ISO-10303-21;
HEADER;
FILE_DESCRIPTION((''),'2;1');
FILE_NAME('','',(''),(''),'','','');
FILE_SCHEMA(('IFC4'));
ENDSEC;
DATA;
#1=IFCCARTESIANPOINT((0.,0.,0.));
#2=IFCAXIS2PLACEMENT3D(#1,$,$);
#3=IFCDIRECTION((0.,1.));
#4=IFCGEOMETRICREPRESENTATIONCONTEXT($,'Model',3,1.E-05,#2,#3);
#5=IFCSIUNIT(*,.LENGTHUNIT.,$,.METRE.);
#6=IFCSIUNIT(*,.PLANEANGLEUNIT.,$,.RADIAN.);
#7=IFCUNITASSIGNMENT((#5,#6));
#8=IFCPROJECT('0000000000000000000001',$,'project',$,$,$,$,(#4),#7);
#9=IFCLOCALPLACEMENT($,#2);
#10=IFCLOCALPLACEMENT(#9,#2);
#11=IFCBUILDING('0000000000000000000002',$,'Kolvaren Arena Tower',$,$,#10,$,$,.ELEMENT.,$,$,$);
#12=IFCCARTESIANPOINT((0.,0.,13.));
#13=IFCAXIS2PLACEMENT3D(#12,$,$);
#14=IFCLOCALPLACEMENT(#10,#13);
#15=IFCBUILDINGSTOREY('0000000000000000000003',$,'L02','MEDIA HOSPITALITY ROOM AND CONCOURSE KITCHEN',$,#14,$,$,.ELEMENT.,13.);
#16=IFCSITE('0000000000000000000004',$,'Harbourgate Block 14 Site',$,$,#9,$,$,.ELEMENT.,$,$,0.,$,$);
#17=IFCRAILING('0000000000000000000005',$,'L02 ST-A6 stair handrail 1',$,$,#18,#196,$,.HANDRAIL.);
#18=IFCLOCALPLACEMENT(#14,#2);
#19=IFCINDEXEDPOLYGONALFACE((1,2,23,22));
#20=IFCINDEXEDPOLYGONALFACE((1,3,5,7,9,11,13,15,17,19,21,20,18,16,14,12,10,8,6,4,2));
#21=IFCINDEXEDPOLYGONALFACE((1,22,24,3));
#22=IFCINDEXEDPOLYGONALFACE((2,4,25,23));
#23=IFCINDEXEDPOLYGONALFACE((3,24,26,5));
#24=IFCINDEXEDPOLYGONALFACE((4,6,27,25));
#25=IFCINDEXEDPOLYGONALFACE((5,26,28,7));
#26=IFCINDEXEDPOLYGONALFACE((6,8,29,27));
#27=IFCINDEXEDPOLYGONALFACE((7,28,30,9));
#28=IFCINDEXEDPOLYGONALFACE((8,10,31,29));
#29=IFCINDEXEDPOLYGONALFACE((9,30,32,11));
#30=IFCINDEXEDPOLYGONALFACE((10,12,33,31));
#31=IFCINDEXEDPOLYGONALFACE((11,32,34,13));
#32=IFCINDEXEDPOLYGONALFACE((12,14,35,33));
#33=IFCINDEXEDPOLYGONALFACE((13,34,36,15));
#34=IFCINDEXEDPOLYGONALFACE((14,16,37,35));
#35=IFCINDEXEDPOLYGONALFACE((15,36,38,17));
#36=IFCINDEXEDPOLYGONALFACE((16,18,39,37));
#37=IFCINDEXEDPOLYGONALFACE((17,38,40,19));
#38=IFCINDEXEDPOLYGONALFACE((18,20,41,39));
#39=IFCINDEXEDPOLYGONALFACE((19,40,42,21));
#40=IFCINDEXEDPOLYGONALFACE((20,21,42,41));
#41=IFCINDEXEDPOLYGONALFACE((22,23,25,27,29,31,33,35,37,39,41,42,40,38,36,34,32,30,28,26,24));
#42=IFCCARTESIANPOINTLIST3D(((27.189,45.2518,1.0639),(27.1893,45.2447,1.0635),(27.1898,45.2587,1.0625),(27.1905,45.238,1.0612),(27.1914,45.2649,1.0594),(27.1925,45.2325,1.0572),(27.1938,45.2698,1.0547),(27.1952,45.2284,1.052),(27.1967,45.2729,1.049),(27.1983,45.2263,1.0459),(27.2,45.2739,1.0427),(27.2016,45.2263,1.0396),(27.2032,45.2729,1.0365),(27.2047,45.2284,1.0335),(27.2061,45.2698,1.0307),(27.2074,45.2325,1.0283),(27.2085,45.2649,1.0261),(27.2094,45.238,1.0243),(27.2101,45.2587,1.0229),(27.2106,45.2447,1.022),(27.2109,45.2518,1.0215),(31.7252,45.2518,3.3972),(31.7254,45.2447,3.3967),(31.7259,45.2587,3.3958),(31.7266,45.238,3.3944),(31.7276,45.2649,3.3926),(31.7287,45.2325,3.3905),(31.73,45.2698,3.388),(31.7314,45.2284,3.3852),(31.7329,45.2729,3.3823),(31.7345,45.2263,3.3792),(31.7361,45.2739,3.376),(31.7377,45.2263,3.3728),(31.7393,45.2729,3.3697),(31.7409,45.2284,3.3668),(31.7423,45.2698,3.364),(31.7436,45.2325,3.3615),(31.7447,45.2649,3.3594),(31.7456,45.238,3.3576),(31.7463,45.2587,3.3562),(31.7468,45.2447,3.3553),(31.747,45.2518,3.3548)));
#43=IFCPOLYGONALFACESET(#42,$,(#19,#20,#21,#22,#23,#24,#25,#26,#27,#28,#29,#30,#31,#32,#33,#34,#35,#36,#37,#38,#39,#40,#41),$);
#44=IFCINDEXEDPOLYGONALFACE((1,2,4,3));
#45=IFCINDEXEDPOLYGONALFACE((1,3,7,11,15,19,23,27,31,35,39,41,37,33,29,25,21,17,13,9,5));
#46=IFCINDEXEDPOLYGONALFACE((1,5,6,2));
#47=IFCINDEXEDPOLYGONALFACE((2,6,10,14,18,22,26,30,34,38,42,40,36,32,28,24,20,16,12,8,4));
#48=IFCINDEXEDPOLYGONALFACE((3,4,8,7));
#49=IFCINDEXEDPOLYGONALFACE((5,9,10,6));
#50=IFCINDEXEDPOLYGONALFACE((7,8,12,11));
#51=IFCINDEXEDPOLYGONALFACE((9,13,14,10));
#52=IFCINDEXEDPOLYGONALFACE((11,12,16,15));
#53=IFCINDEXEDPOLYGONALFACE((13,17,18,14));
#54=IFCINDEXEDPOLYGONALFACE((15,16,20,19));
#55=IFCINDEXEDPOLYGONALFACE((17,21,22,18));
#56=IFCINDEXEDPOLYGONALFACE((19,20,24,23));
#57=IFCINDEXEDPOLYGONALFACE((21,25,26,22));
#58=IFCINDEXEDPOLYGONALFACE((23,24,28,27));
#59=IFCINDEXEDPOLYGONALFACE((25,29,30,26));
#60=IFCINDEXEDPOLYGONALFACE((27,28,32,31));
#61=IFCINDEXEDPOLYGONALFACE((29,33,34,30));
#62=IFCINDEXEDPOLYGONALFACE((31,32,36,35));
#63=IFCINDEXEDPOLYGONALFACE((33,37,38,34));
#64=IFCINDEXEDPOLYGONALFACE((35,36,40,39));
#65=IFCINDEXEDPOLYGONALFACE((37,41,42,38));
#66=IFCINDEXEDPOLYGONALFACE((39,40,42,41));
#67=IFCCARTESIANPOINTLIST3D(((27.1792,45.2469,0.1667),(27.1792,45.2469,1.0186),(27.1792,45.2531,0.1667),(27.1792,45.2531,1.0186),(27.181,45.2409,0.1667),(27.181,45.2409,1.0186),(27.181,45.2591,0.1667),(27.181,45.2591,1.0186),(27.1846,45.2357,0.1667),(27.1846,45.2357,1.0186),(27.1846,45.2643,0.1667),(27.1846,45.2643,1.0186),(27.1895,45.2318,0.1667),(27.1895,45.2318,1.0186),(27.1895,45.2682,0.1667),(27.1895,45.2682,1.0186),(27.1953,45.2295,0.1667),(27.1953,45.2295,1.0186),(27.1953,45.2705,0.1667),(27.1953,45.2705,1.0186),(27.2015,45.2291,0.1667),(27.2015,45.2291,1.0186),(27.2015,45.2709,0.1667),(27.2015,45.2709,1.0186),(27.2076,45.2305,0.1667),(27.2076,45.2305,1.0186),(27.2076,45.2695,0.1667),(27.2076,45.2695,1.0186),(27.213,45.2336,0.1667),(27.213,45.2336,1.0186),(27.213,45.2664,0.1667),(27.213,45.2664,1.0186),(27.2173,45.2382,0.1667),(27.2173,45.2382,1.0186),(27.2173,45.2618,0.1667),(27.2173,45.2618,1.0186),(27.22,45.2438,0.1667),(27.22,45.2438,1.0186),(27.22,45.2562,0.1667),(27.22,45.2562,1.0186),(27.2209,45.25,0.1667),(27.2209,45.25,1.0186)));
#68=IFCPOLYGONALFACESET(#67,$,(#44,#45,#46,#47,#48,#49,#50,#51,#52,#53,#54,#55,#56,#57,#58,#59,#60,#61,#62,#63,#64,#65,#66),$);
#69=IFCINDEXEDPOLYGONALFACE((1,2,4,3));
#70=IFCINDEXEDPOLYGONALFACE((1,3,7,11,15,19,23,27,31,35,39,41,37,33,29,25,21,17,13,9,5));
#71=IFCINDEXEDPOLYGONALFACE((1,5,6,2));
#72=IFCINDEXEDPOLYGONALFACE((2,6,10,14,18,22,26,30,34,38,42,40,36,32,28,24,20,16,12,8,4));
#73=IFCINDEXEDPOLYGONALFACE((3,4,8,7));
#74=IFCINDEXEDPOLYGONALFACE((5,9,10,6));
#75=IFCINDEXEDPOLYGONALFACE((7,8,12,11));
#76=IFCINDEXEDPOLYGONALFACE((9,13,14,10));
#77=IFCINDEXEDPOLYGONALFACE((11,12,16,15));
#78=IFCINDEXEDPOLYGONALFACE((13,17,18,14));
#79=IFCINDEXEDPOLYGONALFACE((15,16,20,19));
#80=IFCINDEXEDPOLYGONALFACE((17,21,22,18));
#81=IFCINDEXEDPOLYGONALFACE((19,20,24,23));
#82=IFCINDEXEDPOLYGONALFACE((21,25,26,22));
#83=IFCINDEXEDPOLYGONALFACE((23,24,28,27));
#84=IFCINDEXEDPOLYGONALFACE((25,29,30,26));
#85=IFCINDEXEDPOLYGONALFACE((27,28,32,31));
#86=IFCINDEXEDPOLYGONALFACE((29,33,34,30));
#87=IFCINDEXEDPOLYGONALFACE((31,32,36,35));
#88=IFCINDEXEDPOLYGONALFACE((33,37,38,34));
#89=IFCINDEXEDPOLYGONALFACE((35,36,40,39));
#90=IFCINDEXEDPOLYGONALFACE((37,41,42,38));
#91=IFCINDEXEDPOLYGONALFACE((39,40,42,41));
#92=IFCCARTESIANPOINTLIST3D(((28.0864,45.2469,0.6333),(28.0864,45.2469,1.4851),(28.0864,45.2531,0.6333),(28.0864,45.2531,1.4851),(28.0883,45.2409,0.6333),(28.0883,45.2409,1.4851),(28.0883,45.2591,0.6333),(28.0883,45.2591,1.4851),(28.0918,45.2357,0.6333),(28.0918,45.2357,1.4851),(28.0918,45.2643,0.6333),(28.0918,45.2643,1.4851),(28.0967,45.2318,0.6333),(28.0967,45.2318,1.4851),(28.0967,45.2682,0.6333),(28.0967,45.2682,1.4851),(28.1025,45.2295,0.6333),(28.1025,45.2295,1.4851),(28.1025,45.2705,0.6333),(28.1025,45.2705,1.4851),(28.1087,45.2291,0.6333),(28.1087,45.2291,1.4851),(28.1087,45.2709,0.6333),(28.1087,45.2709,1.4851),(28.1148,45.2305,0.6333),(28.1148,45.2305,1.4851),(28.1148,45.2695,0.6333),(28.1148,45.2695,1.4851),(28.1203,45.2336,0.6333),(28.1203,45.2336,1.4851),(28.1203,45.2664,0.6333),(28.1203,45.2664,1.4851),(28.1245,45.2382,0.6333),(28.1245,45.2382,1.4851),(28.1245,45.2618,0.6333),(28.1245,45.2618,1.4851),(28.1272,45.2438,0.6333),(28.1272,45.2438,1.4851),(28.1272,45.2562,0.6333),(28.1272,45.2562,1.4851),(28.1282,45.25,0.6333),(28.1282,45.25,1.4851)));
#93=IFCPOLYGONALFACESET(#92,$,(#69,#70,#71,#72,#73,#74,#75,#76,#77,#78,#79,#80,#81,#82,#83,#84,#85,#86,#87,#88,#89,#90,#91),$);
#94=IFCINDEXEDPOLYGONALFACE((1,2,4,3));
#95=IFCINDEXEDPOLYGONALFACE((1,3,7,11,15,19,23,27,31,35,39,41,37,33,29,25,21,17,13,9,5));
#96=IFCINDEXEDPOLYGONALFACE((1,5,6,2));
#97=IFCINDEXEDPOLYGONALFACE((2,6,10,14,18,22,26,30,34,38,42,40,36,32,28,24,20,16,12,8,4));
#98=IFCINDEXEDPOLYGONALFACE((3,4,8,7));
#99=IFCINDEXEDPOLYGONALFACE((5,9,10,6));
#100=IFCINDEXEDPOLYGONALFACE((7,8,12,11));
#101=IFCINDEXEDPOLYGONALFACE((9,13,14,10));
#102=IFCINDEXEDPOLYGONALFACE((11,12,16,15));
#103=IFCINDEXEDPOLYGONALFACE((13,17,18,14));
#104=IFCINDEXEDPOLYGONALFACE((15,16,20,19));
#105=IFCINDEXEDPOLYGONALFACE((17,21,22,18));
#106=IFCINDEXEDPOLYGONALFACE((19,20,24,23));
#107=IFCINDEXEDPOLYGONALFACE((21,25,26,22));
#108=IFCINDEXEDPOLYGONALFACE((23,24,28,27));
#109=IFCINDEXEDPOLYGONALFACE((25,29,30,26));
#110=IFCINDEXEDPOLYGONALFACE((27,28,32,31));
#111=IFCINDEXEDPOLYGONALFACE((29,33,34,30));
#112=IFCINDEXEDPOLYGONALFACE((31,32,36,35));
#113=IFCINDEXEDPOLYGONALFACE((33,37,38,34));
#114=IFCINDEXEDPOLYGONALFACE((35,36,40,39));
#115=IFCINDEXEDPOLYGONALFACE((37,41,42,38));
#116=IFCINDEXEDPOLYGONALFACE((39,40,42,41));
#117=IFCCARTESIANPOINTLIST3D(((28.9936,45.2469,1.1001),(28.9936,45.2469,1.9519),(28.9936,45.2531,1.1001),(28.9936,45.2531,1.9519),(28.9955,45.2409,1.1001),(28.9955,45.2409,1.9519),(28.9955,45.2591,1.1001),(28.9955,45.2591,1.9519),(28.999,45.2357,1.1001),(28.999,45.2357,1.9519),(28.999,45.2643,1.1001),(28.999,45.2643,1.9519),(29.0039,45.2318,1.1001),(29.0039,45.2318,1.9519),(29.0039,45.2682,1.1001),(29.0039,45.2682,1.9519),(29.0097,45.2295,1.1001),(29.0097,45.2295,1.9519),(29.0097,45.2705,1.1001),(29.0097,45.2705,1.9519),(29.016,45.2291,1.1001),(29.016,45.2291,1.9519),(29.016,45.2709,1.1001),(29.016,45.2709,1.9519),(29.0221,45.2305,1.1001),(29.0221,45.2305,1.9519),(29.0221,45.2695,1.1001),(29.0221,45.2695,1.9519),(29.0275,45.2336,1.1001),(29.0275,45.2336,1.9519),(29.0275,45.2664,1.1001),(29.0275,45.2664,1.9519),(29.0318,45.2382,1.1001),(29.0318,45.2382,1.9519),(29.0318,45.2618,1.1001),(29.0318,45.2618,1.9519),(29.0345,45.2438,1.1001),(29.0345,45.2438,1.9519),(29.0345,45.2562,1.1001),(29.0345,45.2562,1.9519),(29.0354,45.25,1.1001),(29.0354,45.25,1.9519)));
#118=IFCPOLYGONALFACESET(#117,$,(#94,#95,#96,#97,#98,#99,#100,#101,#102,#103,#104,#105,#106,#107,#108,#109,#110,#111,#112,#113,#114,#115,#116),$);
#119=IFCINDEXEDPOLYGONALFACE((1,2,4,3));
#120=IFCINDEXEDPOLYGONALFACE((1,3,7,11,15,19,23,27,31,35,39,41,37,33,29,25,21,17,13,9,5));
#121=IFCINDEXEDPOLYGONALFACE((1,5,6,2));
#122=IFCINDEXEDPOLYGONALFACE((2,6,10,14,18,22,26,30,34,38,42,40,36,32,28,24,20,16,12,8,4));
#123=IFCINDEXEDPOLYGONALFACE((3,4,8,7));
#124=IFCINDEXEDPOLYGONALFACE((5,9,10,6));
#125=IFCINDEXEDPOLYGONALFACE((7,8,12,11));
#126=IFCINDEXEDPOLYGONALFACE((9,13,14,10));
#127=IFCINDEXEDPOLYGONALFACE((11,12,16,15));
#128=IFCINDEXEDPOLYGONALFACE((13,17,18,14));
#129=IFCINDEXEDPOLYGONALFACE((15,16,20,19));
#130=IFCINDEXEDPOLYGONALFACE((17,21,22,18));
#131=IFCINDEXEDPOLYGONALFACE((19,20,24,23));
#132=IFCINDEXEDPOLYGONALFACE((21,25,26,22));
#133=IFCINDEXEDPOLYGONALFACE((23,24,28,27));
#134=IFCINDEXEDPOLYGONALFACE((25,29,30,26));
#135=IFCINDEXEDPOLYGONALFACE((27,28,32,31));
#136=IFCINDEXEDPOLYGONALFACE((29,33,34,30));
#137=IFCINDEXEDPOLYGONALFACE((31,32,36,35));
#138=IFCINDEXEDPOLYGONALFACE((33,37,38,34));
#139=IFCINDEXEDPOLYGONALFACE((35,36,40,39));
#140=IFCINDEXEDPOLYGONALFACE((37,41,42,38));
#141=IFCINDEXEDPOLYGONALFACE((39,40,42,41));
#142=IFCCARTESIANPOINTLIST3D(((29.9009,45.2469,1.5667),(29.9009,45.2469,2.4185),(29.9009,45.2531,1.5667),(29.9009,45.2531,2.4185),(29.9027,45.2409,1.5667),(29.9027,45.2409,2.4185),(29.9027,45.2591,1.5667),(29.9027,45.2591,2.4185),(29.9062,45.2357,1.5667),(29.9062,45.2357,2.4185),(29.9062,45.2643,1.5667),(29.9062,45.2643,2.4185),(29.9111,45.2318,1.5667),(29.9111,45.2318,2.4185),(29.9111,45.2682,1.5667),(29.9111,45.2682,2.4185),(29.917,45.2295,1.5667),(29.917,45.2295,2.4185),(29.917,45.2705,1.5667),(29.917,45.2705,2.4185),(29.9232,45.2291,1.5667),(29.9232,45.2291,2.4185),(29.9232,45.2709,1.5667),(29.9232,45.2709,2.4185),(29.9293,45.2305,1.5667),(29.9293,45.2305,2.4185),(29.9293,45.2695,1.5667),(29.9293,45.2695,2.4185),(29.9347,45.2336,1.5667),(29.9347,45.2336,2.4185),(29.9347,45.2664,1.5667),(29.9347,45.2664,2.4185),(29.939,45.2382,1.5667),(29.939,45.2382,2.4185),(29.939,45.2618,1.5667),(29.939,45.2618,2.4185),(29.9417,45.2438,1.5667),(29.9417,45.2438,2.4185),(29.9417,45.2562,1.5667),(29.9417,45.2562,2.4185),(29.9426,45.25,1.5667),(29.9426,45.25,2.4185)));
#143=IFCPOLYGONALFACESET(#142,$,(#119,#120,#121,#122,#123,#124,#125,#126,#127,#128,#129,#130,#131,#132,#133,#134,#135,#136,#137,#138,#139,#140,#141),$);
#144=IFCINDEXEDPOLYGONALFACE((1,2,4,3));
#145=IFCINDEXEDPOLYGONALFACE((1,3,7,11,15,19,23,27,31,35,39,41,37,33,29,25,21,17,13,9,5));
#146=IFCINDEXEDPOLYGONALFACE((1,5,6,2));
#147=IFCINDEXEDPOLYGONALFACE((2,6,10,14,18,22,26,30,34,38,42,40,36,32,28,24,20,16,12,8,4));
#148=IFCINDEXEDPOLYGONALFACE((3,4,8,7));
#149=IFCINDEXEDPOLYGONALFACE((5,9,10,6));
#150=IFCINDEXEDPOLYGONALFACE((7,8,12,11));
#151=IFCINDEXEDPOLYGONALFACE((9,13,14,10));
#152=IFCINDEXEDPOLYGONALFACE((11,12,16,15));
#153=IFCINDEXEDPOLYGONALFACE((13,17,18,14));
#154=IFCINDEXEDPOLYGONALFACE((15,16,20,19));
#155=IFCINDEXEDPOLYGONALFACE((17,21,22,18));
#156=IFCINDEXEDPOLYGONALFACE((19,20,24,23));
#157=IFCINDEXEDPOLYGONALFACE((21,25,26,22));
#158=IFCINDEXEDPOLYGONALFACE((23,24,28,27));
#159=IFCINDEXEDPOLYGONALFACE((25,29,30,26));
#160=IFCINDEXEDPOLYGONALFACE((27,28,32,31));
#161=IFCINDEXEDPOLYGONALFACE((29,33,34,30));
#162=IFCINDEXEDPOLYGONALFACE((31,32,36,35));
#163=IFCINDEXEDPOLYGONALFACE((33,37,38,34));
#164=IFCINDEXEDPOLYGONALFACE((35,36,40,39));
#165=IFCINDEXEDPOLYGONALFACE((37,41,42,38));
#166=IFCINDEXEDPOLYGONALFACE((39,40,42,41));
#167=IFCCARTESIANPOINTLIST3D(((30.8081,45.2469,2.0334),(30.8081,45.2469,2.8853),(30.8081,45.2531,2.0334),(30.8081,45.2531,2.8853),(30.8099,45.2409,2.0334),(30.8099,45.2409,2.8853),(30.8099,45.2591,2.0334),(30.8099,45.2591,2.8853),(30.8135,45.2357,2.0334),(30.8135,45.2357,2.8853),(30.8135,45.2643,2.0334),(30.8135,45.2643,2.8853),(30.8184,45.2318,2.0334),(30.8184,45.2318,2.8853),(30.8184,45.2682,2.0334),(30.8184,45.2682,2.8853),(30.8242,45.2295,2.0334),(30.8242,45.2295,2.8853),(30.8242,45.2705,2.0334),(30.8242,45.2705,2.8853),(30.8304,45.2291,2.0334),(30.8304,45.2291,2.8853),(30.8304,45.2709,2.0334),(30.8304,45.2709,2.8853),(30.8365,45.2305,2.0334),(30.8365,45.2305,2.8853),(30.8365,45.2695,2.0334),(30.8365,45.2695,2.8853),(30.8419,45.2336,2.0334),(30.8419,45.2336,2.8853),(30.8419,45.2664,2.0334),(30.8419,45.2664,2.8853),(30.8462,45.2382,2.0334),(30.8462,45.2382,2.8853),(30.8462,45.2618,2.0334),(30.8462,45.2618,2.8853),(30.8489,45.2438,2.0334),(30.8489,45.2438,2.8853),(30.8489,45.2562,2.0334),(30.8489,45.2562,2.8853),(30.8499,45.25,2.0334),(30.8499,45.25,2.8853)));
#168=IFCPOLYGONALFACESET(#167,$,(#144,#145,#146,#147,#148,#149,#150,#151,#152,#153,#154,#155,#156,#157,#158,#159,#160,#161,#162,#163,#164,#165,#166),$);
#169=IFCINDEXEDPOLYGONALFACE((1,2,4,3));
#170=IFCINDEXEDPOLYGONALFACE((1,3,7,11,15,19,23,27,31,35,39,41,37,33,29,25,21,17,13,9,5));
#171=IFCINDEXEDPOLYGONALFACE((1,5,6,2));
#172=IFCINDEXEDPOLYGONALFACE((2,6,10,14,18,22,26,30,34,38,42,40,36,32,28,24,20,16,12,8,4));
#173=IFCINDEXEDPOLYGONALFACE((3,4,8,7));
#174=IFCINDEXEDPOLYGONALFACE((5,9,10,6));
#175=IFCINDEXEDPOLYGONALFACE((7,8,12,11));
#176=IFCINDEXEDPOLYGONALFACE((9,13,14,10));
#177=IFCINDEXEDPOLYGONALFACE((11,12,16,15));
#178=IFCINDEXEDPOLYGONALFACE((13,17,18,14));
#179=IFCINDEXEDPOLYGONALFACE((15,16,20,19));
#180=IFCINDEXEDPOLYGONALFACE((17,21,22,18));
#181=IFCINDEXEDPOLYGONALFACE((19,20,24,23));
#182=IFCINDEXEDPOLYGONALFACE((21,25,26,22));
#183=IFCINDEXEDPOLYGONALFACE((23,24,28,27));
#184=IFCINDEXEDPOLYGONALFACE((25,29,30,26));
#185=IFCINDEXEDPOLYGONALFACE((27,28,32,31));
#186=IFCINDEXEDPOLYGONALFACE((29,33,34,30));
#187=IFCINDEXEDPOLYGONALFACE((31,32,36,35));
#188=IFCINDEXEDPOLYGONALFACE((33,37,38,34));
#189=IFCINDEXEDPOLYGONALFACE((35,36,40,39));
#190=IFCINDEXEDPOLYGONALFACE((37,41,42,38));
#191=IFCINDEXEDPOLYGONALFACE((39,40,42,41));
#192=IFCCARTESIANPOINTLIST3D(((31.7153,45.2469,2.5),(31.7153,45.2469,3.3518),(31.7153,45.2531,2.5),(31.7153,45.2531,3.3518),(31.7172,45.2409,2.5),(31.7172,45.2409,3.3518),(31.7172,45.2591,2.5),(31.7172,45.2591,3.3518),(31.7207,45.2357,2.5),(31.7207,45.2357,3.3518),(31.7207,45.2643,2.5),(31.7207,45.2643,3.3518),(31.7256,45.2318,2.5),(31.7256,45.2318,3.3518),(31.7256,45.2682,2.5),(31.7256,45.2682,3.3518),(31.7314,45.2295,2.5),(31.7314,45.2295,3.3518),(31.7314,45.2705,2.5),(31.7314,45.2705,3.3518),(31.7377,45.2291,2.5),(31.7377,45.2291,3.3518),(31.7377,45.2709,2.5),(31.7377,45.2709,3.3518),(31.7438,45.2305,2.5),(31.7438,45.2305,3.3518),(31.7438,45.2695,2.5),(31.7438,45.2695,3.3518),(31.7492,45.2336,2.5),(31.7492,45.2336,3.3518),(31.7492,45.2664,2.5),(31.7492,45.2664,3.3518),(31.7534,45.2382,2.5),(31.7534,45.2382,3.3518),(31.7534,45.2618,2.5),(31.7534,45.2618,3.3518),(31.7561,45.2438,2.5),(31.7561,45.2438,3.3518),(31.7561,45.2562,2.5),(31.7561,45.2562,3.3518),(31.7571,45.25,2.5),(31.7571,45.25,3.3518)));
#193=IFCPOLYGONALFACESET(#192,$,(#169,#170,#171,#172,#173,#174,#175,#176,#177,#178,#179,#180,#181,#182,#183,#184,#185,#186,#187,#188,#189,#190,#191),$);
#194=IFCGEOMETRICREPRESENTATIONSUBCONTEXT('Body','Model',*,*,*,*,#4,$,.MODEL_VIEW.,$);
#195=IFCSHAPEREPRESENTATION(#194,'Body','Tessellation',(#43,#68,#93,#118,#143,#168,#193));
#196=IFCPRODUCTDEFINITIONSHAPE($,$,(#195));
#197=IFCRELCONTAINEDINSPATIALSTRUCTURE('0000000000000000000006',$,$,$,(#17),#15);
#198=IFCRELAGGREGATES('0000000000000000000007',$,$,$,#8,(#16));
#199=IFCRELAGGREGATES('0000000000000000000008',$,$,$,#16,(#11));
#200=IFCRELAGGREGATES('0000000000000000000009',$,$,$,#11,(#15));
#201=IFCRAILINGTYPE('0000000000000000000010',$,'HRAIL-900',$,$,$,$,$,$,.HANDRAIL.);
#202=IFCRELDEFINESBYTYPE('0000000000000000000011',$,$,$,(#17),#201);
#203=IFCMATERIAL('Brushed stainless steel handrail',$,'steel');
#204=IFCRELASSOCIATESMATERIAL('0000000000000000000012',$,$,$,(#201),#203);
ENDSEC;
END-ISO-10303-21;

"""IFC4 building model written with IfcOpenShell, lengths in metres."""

from ifc_helpers import new_model, si_unit, direction, frame, origin, origin_2d, place, context, subcontext, project, spatial, circle, extrude, material, type_object, element, save


model = new_model("IFC4")

# Units and contexts
model_context = context("Model", 3, precision=1e-05, world=origin(), true_north=direction((0.0, 1.0)))
body_context = subcontext(model_context, "Body", "Model", "MODEL_VIEW")
ifc_project = project(units=[si_unit("LENGTHUNIT", "METRE"), si_unit("PLANEANGLEUNIT", "RADIAN")], contexts=[model_context])

# Site, building, storey
site_placement = place(None, origin())
site = spatial("IfcSite", under=ifc_project, at=site_placement, Name="Harbourgate Block 14 Site", CompositionType="ELEMENT", RefElevation=0.0)
building_placement = place(site_placement, origin())
building = spatial("IfcBuilding", under=site, at=building_placement, Name="Kolvaren Arena Tower", CompositionType="ELEMENT")
storey_placement = place(building_placement, frame((0.0, 0.0, 13.0)))
storey = spatial("IfcBuildingStorey", under=building, at=storey_placement, Name="L02", Description="MEDIA HOSPITALITY ROOM AND CONCOURSE KITCHEN", CompositionType="ELEMENT", Elevation=13.0)

# Railing
ifc_material_1 = material(Name="Brushed stainless steel handrail", Category="steel")
railing_type_1 = type_object("IfcRailingType", Name="HRAIL-900", PredefinedType="HANDRAIL", material=ifc_material_1)
railing_1_placement = place(storey_placement, frame((27.2, 45.25, 0.1667)))
element("IfcRailing", 1, at=railing_1_placement, inside=storey, type_object=railing_type_1, Name="L02 ST-A6 stair handrail 1", PredefinedType="HANDRAIL", context=body_context, shape_type="SweptSolid", body=[
    extrude(circle(Radius=0.0239, at=origin_2d()), frame((0.0, 0.0, 0.876), z_axis=(0.889257, 0.0, 0.457407), x_axis=(0.0, 1.0, 0.0)), (0.0, 0.0, 1.0), 5.1011),
    extrude(circle(Radius=0.021, at=origin_2d()), origin(), (0.0, 0.0, 1.0), 0.8518),
    extrude(circle(Radius=0.021, at=origin_2d()), frame((0.9072, 0.0, 0.4666)), (0.0, 0.0, 1.0), 0.8518),
    extrude(circle(Radius=0.021, at=origin_2d()), frame((1.8145, 0.0, 0.9333)), (0.0, 0.0, 1.0), 0.8518),
    extrude(circle(Radius=0.021, at=origin_2d()), frame((2.7217, 0.0, 1.3999)), (0.0, 0.0, 1.0), 0.8518),
    extrude(circle(Radius=0.021, at=origin_2d()), frame((3.6289, 0.0, 1.8667)), (0.0, 0.0, 1.0), 0.8518),
    extrude(circle(Radius=0.021, at=origin_2d()), frame((4.5361, 0.0, 2.3333)), (0.0, 0.0, 1.0), 0.8518),
])

save(model, "model.ifc")
